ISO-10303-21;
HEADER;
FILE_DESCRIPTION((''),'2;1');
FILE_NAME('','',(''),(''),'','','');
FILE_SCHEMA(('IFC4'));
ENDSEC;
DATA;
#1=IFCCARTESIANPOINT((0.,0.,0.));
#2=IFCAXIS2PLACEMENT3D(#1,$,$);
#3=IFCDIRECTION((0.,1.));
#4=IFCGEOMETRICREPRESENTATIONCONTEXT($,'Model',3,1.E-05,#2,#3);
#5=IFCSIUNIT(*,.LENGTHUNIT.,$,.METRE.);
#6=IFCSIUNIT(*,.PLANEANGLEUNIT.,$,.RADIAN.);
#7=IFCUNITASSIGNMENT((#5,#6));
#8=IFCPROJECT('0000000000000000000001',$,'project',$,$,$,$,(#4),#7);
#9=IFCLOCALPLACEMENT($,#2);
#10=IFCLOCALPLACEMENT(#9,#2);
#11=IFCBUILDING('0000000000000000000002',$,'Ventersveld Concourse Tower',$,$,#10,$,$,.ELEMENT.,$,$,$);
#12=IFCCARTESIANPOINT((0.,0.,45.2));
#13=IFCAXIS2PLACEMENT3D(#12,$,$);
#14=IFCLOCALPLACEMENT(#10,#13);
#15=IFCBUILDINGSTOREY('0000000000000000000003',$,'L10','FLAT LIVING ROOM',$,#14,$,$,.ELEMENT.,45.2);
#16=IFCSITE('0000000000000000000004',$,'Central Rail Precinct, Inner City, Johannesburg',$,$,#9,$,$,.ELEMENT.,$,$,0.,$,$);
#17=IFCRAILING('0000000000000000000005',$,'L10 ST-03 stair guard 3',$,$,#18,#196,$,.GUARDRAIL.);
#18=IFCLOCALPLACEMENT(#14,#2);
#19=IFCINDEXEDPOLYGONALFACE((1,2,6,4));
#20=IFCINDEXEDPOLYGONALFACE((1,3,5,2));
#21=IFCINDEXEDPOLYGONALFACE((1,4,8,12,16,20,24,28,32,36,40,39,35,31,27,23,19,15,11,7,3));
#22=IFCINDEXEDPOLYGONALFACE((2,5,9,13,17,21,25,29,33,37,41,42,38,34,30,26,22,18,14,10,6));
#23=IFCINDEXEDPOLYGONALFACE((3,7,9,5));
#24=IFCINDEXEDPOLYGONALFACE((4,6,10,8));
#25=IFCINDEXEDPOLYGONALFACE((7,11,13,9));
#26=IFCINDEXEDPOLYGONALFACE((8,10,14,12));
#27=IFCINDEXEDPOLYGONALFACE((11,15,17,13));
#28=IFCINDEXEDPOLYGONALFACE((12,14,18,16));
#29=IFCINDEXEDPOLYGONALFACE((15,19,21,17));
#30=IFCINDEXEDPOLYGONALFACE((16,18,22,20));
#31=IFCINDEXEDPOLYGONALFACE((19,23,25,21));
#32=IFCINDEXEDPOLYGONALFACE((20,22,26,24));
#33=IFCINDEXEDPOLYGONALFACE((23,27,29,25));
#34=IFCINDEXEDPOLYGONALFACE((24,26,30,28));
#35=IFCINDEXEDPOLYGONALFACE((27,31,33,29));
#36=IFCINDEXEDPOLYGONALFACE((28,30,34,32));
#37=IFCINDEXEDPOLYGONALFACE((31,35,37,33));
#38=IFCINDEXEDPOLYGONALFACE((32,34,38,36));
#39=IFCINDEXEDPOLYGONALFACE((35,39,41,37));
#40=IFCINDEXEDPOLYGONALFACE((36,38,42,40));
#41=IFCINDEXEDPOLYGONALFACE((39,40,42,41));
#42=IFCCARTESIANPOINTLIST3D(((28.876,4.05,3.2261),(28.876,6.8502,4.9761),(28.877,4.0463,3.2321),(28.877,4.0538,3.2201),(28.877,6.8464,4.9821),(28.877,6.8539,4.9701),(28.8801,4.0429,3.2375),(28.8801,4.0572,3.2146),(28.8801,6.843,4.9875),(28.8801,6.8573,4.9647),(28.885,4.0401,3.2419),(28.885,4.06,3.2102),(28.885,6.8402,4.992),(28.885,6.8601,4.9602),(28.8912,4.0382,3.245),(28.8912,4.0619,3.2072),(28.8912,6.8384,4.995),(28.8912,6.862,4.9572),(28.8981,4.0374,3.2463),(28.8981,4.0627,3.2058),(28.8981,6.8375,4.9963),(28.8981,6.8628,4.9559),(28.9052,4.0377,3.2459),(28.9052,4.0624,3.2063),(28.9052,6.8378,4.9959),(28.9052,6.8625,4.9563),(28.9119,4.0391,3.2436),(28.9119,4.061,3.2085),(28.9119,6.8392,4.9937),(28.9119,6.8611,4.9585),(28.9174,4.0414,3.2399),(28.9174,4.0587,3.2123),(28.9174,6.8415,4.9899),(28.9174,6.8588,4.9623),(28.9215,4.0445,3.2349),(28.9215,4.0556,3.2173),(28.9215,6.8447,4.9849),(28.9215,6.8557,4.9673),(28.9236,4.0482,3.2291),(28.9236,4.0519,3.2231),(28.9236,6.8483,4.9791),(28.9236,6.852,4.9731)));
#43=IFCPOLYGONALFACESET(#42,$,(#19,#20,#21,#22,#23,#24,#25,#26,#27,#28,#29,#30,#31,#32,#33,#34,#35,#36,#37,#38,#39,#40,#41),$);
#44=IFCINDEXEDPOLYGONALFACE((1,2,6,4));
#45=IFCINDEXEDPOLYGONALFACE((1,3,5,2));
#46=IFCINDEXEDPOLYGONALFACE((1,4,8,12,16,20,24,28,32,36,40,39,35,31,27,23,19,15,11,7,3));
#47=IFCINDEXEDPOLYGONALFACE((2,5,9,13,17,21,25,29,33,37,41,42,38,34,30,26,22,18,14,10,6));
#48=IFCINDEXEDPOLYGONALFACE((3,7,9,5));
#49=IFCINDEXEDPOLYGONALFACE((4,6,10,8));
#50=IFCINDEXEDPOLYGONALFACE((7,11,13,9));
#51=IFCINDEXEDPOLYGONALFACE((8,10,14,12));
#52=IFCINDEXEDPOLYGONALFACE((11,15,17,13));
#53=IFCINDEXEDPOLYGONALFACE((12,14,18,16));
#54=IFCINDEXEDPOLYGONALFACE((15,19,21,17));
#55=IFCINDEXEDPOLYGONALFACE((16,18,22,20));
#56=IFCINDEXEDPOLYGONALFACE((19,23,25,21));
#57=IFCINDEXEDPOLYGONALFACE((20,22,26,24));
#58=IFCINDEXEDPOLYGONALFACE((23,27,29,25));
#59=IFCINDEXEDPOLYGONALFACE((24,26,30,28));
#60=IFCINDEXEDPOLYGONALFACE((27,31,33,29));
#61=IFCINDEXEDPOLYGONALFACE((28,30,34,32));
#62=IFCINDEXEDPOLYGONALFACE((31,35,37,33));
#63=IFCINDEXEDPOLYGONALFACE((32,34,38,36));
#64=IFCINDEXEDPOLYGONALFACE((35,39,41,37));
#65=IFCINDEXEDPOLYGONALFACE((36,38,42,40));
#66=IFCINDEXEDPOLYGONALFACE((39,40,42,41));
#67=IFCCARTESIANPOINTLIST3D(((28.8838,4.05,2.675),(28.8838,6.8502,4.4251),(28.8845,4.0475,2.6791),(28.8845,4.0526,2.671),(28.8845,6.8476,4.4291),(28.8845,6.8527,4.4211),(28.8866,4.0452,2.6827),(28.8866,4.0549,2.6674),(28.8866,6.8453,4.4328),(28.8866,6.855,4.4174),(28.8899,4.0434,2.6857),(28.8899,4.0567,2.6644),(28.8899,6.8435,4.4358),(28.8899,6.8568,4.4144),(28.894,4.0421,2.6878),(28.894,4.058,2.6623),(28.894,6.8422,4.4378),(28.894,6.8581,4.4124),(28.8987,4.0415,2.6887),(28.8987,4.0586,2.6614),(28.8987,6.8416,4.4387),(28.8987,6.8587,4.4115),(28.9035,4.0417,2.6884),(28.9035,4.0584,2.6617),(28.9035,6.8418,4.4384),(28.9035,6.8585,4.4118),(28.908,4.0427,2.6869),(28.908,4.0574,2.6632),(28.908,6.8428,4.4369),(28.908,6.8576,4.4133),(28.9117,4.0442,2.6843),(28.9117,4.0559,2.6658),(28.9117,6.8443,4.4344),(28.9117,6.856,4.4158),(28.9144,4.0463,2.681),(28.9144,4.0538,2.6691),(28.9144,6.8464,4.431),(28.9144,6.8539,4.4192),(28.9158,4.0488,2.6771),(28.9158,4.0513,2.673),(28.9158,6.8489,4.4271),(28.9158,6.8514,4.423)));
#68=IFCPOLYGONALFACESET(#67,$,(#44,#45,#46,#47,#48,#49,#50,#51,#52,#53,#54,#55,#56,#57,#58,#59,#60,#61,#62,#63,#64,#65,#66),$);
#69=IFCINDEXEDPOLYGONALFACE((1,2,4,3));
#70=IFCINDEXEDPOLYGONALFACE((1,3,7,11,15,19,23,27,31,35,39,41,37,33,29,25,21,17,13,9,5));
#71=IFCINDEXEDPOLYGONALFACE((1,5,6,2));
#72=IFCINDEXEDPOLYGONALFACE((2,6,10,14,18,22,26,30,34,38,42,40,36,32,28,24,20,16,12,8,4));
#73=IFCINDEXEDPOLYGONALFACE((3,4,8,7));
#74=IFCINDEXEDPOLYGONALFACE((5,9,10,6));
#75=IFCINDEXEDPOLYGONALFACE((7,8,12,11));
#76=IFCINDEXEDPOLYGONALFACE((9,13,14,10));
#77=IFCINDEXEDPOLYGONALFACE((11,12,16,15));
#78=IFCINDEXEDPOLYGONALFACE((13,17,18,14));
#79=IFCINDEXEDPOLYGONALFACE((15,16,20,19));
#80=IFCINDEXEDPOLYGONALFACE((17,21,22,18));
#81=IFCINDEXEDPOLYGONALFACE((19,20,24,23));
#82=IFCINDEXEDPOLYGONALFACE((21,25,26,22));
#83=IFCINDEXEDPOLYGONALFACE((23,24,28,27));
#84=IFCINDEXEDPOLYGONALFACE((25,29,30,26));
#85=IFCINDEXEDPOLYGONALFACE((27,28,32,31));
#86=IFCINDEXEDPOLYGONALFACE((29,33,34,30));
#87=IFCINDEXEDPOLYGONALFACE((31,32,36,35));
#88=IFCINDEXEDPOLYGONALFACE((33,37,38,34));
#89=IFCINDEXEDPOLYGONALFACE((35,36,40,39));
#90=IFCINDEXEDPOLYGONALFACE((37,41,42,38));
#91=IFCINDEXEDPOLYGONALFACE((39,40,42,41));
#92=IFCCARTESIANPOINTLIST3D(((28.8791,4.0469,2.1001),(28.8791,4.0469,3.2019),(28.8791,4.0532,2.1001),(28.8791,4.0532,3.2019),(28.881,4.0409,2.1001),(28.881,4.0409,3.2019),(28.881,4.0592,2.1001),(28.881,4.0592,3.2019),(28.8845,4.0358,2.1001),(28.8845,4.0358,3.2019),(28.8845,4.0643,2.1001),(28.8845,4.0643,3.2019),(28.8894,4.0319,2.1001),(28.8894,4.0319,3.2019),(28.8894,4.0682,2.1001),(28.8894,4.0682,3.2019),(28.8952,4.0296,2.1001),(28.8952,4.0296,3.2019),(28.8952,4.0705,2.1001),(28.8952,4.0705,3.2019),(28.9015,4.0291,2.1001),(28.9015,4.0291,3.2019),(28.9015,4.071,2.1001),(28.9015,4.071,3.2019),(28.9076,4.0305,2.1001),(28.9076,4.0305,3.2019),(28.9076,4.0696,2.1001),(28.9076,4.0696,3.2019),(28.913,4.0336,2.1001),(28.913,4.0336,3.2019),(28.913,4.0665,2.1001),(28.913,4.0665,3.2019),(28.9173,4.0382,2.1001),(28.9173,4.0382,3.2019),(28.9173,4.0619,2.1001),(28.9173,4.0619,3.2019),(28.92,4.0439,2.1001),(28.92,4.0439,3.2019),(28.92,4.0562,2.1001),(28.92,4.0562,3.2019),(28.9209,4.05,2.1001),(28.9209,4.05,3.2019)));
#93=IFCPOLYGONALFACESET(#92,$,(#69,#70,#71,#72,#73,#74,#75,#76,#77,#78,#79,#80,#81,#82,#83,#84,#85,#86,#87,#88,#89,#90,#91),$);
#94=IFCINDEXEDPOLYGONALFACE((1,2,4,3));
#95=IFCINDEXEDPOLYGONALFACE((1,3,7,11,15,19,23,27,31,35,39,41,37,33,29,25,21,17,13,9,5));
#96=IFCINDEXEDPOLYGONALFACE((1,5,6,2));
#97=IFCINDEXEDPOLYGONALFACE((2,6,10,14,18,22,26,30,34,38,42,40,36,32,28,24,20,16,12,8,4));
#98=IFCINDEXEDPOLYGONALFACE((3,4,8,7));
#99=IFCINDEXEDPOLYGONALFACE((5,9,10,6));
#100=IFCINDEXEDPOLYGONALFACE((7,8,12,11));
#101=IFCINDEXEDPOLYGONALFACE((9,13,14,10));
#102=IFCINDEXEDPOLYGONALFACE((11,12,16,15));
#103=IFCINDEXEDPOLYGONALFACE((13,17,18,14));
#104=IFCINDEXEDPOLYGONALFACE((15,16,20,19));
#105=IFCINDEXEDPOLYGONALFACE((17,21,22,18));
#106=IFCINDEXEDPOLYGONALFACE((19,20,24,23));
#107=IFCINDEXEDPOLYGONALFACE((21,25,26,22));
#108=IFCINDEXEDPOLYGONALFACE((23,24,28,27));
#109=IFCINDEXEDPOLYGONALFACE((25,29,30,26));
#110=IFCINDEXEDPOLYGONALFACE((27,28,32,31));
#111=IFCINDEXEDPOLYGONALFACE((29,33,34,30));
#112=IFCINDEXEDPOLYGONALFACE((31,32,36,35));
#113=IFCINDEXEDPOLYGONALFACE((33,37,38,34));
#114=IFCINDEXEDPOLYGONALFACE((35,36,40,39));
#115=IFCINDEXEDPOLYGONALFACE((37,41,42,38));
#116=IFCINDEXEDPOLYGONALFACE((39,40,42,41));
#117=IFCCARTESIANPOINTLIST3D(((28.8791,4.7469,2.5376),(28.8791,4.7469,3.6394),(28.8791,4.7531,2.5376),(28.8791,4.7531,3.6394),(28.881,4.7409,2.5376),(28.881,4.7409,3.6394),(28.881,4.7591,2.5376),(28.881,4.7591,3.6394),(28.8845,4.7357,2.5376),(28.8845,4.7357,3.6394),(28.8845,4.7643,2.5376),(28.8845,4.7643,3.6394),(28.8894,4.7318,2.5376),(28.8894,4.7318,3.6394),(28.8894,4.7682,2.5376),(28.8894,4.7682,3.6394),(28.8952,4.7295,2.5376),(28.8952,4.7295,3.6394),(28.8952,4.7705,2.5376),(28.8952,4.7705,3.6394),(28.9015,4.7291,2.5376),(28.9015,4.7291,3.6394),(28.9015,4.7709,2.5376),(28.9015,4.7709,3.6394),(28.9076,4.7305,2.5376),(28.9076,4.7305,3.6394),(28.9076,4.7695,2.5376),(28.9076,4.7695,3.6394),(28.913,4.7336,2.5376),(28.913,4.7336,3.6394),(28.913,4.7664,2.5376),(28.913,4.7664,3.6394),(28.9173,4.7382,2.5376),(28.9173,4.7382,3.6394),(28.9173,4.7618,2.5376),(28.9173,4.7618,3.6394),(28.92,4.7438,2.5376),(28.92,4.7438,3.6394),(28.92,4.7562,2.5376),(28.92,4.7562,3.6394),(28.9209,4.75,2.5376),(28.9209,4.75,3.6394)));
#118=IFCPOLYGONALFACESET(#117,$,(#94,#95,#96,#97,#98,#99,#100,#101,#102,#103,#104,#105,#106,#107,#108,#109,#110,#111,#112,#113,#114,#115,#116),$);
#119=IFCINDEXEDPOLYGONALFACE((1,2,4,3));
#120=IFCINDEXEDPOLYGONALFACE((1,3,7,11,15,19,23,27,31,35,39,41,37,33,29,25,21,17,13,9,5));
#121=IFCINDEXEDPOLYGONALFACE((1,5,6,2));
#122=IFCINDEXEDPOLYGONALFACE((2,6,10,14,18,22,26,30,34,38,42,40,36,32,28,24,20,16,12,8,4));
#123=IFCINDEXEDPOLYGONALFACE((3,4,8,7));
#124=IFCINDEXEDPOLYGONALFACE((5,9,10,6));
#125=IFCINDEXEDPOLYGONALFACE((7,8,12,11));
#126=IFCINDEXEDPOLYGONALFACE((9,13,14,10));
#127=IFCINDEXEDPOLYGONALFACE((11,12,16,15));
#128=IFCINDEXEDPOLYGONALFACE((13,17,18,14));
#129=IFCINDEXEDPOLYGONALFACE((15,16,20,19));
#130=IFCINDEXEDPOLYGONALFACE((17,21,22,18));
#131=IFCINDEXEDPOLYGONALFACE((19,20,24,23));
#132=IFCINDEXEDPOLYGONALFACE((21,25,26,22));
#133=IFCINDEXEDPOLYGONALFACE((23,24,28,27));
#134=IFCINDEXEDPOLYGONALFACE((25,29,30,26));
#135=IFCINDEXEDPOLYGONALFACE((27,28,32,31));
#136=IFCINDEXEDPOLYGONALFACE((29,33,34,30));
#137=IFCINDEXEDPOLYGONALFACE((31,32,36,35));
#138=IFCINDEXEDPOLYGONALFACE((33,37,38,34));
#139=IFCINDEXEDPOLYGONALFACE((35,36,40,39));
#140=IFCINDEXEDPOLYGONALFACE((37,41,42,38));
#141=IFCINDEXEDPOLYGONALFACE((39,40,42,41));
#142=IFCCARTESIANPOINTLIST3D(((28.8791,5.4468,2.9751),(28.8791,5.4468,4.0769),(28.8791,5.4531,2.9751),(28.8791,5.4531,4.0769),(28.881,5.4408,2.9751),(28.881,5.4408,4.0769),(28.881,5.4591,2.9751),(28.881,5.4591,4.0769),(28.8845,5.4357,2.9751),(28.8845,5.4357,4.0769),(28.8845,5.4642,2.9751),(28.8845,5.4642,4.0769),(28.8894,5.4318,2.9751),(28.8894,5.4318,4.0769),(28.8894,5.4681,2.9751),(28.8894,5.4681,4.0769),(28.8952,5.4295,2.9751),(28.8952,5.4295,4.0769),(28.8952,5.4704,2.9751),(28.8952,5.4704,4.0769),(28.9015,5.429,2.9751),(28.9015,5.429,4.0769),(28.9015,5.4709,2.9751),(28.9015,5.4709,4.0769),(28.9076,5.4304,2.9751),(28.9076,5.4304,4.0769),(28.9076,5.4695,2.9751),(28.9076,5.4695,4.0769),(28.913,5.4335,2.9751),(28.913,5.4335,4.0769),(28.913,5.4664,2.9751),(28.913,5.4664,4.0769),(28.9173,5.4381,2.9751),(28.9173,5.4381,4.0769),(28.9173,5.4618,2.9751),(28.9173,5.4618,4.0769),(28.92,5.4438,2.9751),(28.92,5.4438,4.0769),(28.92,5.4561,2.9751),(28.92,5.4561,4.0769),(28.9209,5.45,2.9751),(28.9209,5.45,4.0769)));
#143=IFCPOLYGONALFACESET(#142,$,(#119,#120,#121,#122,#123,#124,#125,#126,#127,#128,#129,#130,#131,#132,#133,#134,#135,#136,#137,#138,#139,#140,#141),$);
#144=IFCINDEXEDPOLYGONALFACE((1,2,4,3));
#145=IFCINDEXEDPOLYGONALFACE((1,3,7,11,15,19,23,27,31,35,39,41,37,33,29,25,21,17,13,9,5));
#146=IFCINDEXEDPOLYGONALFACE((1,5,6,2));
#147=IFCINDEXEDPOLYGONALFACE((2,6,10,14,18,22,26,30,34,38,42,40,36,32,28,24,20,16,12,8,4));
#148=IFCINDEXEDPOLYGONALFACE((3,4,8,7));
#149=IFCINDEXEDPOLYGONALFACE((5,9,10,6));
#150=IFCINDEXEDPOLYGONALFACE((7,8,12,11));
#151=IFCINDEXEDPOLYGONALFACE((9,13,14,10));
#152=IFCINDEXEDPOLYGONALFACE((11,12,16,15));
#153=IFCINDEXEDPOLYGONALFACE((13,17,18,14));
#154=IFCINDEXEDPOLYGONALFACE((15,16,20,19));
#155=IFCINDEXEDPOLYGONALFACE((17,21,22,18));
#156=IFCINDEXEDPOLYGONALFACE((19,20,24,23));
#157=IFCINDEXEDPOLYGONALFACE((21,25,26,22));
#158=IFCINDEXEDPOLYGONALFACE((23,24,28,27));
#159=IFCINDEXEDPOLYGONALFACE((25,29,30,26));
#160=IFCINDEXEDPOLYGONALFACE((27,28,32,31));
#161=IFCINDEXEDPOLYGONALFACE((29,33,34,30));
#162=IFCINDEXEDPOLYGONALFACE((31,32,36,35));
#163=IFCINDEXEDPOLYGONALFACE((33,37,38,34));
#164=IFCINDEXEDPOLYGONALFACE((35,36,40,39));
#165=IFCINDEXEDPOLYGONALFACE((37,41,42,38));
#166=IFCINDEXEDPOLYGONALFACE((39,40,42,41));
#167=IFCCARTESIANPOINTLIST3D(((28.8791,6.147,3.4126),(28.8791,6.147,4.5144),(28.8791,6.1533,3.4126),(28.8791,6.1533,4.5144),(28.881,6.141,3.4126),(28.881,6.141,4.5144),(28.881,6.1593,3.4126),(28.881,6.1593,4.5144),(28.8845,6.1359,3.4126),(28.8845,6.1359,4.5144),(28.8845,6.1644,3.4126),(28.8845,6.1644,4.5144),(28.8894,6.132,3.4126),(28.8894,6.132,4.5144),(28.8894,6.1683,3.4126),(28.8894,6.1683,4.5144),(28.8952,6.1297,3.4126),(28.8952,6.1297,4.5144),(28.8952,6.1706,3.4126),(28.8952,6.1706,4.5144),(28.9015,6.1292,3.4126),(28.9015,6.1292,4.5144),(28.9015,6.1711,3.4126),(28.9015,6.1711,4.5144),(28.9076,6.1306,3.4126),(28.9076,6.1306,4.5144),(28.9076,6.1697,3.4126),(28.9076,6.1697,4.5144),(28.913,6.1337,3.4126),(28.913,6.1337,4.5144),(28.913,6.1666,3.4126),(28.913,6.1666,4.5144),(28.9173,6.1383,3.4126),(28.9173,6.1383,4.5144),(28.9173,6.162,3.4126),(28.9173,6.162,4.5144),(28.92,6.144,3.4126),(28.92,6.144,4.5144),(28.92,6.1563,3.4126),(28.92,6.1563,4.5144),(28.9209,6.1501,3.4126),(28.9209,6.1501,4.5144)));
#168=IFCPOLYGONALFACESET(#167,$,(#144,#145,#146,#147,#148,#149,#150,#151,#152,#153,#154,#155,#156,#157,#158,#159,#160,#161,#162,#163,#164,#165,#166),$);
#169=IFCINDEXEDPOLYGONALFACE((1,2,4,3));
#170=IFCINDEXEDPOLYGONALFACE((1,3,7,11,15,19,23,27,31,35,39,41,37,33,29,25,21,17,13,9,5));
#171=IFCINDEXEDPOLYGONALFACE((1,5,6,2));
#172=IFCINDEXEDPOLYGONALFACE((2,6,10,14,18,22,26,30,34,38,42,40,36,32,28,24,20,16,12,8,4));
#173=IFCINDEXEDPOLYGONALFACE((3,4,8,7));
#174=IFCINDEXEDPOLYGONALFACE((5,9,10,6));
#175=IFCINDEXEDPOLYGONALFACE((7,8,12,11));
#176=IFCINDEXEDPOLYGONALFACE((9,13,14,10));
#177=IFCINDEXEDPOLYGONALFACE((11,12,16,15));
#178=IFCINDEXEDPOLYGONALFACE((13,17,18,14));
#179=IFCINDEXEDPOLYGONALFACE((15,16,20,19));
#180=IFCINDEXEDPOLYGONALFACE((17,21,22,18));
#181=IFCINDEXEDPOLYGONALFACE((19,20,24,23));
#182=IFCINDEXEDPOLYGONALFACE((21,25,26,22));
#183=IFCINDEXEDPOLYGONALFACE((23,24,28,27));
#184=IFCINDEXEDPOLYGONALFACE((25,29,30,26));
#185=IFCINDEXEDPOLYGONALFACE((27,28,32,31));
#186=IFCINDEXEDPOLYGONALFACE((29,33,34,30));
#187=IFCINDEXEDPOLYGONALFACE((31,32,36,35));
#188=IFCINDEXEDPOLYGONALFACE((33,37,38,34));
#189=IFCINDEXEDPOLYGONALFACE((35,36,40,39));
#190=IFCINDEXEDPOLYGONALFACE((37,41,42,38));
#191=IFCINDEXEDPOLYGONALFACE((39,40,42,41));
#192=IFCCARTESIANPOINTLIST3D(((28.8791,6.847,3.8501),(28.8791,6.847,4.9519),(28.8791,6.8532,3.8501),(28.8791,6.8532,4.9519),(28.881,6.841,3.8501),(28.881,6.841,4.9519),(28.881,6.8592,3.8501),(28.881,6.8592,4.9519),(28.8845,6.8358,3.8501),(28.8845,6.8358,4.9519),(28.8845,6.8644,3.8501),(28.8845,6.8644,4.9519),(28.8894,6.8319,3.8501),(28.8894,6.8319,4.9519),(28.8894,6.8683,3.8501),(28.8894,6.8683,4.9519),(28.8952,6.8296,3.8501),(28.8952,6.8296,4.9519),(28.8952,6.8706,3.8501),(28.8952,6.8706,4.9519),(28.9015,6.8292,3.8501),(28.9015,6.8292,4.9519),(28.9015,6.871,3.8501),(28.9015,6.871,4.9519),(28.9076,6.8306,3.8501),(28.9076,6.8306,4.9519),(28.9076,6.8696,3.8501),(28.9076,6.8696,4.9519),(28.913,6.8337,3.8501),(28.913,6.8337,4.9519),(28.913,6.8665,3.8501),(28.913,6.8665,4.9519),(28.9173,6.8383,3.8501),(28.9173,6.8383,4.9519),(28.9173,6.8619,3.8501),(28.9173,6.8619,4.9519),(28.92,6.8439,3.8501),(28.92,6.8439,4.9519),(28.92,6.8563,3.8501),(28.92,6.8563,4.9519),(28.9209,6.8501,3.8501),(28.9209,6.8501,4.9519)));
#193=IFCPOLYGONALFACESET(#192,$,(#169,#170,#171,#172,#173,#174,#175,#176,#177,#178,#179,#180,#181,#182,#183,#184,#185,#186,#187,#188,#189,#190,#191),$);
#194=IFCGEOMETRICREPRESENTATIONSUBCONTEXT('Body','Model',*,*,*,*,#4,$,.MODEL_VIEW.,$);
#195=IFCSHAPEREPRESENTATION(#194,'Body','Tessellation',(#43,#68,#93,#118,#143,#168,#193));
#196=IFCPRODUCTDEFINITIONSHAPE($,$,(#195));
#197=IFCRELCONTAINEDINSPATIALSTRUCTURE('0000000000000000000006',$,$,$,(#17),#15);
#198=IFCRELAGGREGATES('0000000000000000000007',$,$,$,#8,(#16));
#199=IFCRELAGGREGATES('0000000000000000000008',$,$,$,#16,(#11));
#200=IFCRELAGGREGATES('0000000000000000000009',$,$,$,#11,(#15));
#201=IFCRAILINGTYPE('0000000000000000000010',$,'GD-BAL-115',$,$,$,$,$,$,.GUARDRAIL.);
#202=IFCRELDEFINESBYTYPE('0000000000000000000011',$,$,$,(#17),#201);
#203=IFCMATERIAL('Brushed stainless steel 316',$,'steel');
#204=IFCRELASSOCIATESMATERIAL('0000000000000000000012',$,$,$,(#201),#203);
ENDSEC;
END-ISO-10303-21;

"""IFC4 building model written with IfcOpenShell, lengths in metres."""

from ifc_helpers import new_model, si_unit, direction, frame, origin, origin_2d, place, context, subcontext, project, spatial, circle, extrude, material, type_object, element, save


model = new_model("IFC4")

# Units and contexts
model_context = context("Model", 3, precision=1e-05, world=origin(), true_north=direction((0.0, 1.0)))
body_context = subcontext(model_context, "Body", "Model", "MODEL_VIEW")
ifc_project = project(units=[si_unit("LENGTHUNIT", "METRE"), si_unit("PLANEANGLEUNIT", "RADIAN")], contexts=[model_context])

# Site, building, storey
site_placement = place(None, origin())
site = spatial("IfcSite", under=ifc_project, at=site_placement, Name="Central Rail Precinct, Inner City, Johannesburg", CompositionType="ELEMENT", RefElevation=0.0)
building_placement = place(site_placement, origin())
building = spatial("IfcBuilding", under=site, at=building_placement, Name="Ventersveld Concourse Tower", CompositionType="ELEMENT")
storey_placement = place(building_placement, frame((0.0, 0.0, 45.2)))
storey = spatial("IfcBuildingStorey", under=building, at=storey_placement, Name="L10", Description="FLAT LIVING ROOM", CompositionType="ELEMENT", Elevation=45.2)

# Railing
ifc_material_1 = material(Name="Brushed stainless steel 316", Category="steel")
railing_type_1 = type_object("IfcRailingType", Name="GD-BAL-115", PredefinedType="GUARDRAIL", material=ifc_material_1)
railing_1_placement = place(storey_placement, frame((28.8999, 4.05, 2.1001)))
element("IfcRailing", 1, at=railing_1_placement, inside=storey, type_object=railing_type_1, Name="L10 ST-03 stair guard 3", PredefinedType="GUARDRAIL", context=body_context, shape_type="SweptSolid", body=[
    extrude(circle(Radius=0.0239, at=origin_2d()), frame((0.0, 0.0, 1.126), z_axis=(0.0, 0.848002, 0.529992), x_axis=(-1.0, 0.0, 0.0)), (0.0, 0.0, 1.0), 3.302),
    extrude(circle(Radius=0.0161, at=origin_2d()), frame((0.0, 0.0, 0.575), z_axis=(0.0, 0.848002, 0.529992), x_axis=(-1.0, 0.0, 0.0)), (0.0, 0.0, 1.0), 3.302),
    extrude(circle(Radius=0.021, at=origin_2d()), origin(), (0.0, 0.0, 1.0), 1.1018),
    extrude(circle(Radius=0.021, at=origin_2d()), frame((0.0, 0.7, 0.4375)), (0.0, 0.0, 1.0), 1.1018),
    extrude(circle(Radius=0.021, at=origin_2d()), frame((0.0, 1.3999, 0.875)), (0.0, 0.0, 1.0), 1.1018),
    extrude(circle(Radius=0.021, at=origin_2d()), frame((0.0, 2.1001, 1.3125)), (0.0, 0.0, 1.0), 1.1018),
    extrude(circle(Radius=0.021, at=origin_2d()), frame((0.0, 2.8, 1.75)), (0.0, 0.0, 1.0), 1.1018),
])

save(model, "model.ifc")
